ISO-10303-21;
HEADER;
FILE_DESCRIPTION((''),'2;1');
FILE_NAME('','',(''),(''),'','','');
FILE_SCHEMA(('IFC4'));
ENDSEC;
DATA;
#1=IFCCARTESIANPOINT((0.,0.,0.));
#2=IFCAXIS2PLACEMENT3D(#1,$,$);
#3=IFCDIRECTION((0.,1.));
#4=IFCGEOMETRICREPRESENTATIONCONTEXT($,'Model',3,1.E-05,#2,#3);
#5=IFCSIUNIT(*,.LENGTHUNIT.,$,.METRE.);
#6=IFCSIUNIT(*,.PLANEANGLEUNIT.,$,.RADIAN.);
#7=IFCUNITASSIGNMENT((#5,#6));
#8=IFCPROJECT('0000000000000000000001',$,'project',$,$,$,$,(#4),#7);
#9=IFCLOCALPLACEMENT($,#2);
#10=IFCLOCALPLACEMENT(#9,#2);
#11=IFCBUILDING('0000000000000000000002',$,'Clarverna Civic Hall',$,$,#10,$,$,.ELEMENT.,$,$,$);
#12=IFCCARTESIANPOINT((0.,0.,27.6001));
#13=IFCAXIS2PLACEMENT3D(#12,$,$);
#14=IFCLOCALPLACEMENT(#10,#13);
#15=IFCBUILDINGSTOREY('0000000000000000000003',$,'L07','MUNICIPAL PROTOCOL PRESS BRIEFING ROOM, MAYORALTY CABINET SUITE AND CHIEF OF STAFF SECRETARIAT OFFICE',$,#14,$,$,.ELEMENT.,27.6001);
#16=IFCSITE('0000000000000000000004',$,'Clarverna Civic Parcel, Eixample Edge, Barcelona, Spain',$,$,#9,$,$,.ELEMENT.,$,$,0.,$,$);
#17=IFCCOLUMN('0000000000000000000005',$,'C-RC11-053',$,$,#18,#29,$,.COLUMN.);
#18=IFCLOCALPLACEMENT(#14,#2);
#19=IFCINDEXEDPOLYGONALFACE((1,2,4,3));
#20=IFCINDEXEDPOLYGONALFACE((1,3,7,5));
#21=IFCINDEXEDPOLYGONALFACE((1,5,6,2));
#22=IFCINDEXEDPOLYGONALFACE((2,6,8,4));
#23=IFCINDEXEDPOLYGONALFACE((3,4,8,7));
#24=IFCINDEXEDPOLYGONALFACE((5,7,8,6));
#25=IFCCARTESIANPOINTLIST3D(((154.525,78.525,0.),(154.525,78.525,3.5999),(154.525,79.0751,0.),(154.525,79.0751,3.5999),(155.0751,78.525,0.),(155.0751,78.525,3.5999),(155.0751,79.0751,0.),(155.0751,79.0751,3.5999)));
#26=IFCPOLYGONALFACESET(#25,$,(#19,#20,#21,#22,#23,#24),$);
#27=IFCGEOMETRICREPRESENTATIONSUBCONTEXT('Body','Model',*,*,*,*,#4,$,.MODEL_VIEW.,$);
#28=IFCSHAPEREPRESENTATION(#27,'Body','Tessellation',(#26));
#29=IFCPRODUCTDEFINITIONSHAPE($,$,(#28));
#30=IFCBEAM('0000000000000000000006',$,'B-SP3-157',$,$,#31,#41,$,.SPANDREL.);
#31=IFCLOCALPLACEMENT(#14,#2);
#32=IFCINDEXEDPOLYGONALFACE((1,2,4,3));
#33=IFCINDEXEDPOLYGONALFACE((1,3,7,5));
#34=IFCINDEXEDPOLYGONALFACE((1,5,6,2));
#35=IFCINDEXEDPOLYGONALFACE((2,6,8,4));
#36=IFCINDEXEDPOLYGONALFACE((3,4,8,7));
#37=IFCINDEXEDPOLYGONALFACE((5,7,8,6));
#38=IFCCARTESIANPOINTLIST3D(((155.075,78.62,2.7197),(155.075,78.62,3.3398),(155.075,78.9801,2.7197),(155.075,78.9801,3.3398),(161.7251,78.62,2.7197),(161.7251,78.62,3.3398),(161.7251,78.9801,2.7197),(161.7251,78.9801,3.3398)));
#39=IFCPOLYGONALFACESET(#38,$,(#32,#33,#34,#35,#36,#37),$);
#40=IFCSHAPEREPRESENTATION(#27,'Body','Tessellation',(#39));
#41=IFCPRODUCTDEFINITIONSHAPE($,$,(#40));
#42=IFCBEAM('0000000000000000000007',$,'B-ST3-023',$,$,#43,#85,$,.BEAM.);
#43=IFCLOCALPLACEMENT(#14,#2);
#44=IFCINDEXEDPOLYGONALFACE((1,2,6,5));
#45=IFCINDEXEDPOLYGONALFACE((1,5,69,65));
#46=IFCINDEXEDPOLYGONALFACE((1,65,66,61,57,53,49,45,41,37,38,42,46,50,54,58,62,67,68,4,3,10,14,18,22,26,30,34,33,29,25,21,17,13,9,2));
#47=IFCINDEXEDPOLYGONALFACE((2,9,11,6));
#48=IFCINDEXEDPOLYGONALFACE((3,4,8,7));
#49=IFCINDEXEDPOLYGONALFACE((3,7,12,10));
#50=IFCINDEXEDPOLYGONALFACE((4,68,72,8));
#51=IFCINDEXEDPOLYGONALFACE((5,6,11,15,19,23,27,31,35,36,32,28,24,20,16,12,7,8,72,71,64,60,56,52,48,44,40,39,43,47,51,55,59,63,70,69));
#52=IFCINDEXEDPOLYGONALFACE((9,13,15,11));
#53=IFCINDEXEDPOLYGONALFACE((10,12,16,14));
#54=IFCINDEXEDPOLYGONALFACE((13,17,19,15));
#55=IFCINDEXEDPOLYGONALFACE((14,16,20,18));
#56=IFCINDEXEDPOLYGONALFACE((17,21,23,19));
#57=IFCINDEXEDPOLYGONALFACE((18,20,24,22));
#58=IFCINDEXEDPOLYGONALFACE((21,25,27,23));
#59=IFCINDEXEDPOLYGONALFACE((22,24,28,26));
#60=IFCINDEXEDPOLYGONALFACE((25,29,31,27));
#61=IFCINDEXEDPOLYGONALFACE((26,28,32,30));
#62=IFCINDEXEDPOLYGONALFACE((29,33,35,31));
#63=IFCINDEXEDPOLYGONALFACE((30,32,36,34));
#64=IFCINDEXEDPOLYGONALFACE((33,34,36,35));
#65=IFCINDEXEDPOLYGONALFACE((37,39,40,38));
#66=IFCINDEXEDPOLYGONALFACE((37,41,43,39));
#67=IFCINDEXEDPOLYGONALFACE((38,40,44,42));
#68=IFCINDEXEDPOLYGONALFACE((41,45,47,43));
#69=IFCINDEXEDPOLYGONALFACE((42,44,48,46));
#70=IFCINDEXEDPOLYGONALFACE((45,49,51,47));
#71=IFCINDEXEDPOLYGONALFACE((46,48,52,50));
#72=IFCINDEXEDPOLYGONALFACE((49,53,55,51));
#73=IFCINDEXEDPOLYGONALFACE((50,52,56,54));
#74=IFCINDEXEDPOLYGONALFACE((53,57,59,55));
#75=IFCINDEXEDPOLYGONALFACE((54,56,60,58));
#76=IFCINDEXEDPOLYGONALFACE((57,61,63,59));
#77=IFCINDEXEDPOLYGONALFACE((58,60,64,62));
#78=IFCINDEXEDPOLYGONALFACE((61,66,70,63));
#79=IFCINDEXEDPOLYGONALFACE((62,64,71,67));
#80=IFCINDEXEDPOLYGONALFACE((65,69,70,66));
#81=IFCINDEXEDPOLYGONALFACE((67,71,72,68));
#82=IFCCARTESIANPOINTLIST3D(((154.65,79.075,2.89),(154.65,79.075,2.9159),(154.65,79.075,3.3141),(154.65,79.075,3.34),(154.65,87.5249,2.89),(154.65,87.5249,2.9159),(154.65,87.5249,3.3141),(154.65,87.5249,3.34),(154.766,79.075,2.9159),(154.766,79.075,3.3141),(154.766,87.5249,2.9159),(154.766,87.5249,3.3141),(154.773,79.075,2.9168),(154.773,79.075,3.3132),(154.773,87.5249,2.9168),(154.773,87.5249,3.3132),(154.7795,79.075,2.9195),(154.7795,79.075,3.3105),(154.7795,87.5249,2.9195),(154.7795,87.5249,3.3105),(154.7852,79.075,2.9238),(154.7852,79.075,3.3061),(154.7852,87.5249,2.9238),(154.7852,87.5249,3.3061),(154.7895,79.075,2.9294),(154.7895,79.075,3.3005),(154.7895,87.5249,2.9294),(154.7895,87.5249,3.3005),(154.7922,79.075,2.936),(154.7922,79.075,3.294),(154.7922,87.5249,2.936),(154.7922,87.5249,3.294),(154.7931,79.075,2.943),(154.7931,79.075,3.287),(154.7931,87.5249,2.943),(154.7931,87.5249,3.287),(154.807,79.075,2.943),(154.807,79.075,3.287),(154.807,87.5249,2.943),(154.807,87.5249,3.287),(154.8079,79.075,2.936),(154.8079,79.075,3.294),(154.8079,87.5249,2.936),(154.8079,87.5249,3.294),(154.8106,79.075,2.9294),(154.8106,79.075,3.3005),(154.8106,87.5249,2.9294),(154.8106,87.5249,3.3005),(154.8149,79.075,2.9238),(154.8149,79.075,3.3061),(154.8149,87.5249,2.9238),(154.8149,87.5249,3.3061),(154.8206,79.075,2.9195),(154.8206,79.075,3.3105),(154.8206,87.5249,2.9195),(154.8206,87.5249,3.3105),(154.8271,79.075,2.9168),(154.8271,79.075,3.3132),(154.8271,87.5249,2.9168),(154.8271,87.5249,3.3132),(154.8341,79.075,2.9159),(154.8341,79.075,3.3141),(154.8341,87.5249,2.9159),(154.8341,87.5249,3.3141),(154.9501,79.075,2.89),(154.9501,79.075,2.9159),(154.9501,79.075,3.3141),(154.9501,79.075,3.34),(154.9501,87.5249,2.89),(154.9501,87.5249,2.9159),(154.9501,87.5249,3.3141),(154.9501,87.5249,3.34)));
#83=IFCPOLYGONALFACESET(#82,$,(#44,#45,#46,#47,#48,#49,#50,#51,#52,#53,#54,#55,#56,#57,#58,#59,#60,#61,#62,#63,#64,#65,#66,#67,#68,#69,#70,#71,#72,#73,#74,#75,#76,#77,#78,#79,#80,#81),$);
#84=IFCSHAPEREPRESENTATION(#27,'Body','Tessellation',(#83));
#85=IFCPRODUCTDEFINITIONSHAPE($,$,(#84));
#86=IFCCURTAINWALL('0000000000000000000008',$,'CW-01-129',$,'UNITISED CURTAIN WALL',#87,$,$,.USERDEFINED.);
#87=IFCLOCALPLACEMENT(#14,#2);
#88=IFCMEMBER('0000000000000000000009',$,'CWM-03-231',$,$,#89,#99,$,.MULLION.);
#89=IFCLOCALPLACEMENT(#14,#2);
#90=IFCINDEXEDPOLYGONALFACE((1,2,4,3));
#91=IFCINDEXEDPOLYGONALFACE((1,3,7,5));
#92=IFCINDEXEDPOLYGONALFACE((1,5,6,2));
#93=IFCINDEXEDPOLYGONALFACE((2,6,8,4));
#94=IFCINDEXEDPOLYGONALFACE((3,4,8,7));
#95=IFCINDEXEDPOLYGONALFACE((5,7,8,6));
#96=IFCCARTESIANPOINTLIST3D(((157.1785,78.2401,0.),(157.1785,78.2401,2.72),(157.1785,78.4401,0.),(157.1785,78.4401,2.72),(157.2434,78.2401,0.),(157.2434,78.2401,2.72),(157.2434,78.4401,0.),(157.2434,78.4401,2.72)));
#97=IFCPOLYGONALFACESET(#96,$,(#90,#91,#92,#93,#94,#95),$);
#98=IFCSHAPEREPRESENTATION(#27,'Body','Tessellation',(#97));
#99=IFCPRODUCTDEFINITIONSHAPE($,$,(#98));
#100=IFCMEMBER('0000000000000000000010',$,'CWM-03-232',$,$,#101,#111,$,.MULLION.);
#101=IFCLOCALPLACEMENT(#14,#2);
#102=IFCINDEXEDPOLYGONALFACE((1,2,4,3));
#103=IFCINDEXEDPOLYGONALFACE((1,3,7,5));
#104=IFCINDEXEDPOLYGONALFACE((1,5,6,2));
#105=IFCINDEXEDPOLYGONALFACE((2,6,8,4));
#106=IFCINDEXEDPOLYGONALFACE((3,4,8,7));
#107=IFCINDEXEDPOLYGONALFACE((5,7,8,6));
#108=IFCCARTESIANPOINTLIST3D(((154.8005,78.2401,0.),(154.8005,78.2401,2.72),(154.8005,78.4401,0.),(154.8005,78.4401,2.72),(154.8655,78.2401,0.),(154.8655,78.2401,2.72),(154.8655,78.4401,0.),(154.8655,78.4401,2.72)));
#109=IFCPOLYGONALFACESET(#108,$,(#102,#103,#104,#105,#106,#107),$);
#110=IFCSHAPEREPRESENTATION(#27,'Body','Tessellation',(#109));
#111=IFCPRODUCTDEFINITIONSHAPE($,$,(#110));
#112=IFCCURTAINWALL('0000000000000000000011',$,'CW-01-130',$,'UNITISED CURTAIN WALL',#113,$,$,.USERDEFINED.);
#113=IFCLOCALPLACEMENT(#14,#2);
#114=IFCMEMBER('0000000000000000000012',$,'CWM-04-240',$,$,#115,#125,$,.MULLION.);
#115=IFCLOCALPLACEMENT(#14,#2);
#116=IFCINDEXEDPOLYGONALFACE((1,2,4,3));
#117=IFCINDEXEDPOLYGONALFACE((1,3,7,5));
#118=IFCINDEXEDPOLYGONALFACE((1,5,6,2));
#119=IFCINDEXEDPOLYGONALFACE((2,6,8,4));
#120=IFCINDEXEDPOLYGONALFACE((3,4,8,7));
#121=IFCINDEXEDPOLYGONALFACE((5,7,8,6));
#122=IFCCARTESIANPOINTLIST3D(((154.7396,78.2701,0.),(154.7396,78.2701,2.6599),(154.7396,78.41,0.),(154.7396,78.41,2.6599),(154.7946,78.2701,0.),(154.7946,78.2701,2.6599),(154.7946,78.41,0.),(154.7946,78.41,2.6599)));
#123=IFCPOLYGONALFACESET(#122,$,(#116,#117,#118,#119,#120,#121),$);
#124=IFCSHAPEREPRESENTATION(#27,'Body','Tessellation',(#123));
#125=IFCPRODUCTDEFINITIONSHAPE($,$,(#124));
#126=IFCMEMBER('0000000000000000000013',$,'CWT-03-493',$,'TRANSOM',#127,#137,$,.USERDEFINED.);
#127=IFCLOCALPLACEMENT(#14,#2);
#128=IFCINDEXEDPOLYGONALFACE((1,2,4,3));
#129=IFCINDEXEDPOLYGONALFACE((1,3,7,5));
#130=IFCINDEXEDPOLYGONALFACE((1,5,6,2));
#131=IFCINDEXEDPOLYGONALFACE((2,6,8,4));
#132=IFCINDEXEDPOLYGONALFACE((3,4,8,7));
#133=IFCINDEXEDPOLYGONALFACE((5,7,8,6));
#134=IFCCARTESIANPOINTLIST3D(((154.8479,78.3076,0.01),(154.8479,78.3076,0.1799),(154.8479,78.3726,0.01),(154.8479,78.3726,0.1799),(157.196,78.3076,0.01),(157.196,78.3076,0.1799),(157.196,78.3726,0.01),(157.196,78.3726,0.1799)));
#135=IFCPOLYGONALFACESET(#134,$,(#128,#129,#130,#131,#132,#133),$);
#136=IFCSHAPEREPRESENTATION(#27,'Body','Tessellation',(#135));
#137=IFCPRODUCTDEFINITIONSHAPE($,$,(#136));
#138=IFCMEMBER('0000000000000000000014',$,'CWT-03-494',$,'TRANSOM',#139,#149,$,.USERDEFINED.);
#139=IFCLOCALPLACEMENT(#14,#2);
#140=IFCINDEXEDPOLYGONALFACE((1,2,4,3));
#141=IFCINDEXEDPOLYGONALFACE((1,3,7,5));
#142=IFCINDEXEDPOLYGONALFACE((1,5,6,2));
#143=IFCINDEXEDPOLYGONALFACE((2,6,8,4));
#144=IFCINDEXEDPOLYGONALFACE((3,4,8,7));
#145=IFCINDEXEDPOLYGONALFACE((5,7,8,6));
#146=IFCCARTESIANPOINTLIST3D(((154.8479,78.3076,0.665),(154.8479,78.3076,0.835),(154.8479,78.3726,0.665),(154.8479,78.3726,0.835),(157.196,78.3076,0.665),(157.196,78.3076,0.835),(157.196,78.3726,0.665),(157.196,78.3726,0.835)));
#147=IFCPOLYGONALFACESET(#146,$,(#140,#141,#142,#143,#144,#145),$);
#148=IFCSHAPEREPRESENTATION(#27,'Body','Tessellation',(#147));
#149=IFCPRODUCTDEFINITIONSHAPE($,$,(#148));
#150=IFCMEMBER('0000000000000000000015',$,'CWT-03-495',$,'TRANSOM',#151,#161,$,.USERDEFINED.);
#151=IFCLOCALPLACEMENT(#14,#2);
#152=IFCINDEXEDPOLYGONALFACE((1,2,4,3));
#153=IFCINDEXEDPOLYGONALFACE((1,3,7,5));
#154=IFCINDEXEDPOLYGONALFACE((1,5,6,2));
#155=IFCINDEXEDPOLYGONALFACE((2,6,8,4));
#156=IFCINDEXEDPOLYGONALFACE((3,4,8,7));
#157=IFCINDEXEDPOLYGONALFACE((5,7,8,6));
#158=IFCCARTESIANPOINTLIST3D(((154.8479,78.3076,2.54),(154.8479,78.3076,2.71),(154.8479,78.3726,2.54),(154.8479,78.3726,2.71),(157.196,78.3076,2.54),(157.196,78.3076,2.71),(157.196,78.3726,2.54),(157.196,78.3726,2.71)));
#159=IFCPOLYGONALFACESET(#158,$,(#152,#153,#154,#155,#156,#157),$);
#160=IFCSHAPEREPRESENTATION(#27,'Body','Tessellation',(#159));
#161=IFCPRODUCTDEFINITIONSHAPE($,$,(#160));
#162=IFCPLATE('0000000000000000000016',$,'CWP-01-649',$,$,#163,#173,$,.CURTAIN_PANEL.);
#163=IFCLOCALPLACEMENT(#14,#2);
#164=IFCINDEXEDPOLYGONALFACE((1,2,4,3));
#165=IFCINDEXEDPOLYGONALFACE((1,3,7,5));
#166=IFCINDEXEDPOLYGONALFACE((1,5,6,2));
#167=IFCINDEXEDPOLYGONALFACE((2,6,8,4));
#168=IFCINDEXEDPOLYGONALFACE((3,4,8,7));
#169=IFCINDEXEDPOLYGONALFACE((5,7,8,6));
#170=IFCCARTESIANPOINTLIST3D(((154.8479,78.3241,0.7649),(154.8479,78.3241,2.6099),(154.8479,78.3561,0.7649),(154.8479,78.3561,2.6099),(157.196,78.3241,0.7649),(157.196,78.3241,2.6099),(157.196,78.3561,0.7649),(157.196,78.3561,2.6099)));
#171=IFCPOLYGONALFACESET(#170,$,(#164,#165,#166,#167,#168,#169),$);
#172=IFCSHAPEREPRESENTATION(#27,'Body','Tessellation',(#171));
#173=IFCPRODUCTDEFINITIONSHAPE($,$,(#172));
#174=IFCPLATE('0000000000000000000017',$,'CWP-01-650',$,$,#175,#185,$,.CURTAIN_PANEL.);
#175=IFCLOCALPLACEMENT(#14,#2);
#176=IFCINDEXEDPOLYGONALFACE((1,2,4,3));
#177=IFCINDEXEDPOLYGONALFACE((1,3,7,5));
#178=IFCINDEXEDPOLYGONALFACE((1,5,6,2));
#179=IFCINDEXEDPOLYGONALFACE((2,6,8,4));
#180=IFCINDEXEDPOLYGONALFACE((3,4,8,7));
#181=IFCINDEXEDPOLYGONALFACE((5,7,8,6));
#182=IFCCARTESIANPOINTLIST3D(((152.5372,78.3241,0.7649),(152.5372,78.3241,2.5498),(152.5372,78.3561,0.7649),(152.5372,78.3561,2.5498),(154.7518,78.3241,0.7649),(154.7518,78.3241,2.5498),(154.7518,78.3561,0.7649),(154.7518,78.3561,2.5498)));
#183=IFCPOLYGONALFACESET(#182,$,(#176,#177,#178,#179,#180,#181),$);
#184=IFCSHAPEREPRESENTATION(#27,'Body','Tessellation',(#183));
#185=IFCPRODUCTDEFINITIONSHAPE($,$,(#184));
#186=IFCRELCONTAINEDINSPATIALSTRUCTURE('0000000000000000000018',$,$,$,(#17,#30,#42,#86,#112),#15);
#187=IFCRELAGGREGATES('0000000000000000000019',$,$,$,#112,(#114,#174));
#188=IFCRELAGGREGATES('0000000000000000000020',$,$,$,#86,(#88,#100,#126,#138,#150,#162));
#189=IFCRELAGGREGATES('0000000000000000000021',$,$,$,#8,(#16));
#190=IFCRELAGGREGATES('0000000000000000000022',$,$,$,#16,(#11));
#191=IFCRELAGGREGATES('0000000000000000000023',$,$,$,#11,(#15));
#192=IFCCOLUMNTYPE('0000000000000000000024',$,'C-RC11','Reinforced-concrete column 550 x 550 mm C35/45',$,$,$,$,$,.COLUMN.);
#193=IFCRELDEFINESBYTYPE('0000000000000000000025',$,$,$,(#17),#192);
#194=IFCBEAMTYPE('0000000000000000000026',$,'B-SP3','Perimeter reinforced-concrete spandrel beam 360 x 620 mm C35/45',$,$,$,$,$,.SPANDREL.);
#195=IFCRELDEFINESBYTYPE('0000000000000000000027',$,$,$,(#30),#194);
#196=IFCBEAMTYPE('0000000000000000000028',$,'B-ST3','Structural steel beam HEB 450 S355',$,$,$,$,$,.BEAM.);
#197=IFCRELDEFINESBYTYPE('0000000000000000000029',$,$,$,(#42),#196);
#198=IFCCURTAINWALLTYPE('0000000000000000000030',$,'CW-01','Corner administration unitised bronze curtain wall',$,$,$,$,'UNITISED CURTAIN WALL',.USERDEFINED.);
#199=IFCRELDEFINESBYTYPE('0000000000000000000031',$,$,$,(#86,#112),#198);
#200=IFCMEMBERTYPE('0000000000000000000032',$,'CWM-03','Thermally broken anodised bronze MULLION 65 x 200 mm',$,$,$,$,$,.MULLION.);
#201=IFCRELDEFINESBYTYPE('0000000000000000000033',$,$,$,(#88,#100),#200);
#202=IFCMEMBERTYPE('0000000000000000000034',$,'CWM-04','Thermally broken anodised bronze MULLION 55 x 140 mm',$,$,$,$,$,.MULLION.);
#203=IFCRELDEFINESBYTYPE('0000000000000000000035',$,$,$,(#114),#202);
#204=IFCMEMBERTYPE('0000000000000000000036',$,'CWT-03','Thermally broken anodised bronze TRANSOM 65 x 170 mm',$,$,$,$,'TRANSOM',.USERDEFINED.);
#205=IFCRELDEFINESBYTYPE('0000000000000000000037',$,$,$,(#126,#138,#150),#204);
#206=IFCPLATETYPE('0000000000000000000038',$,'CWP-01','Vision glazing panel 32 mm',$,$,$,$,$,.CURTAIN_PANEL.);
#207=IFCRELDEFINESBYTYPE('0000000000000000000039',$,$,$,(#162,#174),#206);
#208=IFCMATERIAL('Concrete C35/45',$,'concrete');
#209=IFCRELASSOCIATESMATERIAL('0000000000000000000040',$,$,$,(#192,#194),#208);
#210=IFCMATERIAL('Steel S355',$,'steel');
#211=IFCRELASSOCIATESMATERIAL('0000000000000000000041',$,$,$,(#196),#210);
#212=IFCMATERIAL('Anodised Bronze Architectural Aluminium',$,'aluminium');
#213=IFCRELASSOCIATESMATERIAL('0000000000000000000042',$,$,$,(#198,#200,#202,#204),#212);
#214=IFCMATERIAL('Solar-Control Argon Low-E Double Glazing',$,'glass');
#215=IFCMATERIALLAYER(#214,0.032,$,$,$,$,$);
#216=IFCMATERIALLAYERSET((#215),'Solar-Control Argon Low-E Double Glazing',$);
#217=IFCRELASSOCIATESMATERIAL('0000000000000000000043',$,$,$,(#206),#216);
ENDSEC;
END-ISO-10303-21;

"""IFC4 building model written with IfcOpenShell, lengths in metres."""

from ifc_helpers import new_model, si_unit, direction, frame, frame_2d, origin, origin_2d, place, context, subcontext, project, spatial, rectangle, i_section, extrude, material, layer, layer_set, material_profile, profile_set, type_object, element, aggregate, save


model = new_model("IFC4")

# Units and contexts
model_context = context("Model", 3, precision=1e-05, world=origin(), true_north=direction((0.0, 1.0)))
body_context = subcontext(model_context, "Body", "Model", "MODEL_VIEW")
ifc_project = project(units=[si_unit("LENGTHUNIT", "METRE"), si_unit("PLANEANGLEUNIT", "RADIAN")], contexts=[model_context])

# Site, building, storey
site_placement = place(None, origin())
site = spatial("IfcSite", under=ifc_project, at=site_placement, Name="Clarverna Civic Parcel, Eixample Edge, Barcelona, Spain", CompositionType="ELEMENT", RefElevation=0.0)
building_placement = place(site_placement, origin())
building = spatial("IfcBuilding", under=site, at=building_placement, Name="Clarverna Civic Hall", CompositionType="ELEMENT")
storey_placement = place(building_placement, frame((0.0, 0.0, 27.6001)))
storey = spatial("IfcBuildingStorey", under=building, at=storey_placement, Name="L07", Description="MUNICIPAL PROTOCOL PRESS BRIEFING ROOM, MAYORALTY CABINET SUITE AND CHIEF OF STAFF SECRETARIAT OFFICE", CompositionType="ELEMENT", Elevation=27.6001)

# Column
ifc_material_1 = material(Name="Concrete C35/45", Category="concrete")
ifc_material_profile_1 = material_profile(ifc_material_1, rectangle(XDim=0.55, YDim=0.55, at=origin_2d()), Name="RC 550x550")
ifc_profile_set_1 = profile_set([ifc_material_profile_1], Name="Concrete C35/45")
column_type = type_object("IfcColumnType", Name="C-RC11", Description="Reinforced-concrete column 550 x 550 mm C35/45", PredefinedType="COLUMN", material=ifc_profile_set_1)
column_placement = place(storey_placement, frame((154.8, 78.8, 0.0), z_axis=(0.0, 0.0, 1.0), x_axis=(1.0, 0.0, 0.0)))
element("IfcColumn", 1, at=column_placement, inside=storey, type_object=column_type, Name="C-RC11-053", PredefinedType="COLUMN", context=body_context, shape_type="SweptSolid", body=[
    extrude(rectangle(XDim=0.55, YDim=0.55, at=origin_2d()), origin(), (0.0, 0.0, 1.0), 3.5999),
])

# Beams
ifc_material_profile_2 = material_profile(ifc_material_1, rectangle(XDim=0.3601, YDim=0.6201, at=origin_2d()), Name="RC 360x620")
ifc_profile_set_2 = profile_set([ifc_material_profile_2], Name="Concrete C35/45")
beam_type_1 = type_object("IfcBeamType", Name="B-SP3", Description="Perimeter reinforced-concrete spandrel beam 360 x 620 mm C35/45", PredefinedType="SPANDREL", material=ifc_profile_set_2)
beam_1_placement = place(storey_placement, frame((155.075, 78.8, 3.0298), z_axis=(1.0, 0.0, 0.0), x_axis=(0.0, 1.0, 0.0)))
element("IfcBeam", 2, at=beam_1_placement, inside=storey, type_object=beam_type_1, Name="B-SP3-157", PredefinedType="SPANDREL", context=body_context, shape_type="SweptSolid", body=[
    extrude(rectangle(XDim=0.3601, YDim=0.6201, at=origin_2d()), origin(), (0.0, 0.0, 1.0), 6.6501),
])
ifc_material_2 = material(Name="Steel S355", Category="steel")
ifc_material_profile_3 = material_profile(ifc_material_2, i_section(OverallWidth=0.3, OverallDepth=0.45, WebThickness=0.0139, FlangeThickness=0.0259, FilletRadius=0.0271, at=origin_2d()), Name="HEB 450")
ifc_profile_set_3 = profile_set([ifc_material_profile_3], Name="Steel S355")
beam_type_2 = type_object("IfcBeamType", Name="B-ST3", Description="Structural steel beam HEB 450 S355", PredefinedType="BEAM", material=ifc_profile_set_3)
beam_2_placement = place(storey_placement, frame((154.8, 79.075, 3.115), z_axis=(0.0, 1.0, 0.0), x_axis=(-1.0, 0.0, 0.0)))
element("IfcBeam", 3, at=beam_2_placement, inside=storey, type_object=beam_type_2, Name="B-ST3-023", PredefinedType="BEAM", context=body_context, shape_type="SweptSolid", body=[
    extrude(i_section(OverallWidth=0.3, OverallDepth=0.45, WebThickness=0.0139, FlangeThickness=0.0259, FilletRadius=0.0271, at=origin_2d()), origin(), (0.0, 0.0, 1.0), 8.45),
])

# Curtain wall, members
ifc_material_3 = material(Name="Anodised Bronze Architectural Aluminium", Category="aluminium")
curtain_wall_type = type_object("IfcCurtainWallType", Name="CW-01", Description="Corner administration unitised bronze curtain wall", ElementType="UNITISED CURTAIN WALL", PredefinedType="USERDEFINED", material=ifc_material_3)
curtain_wall_1_placement = place(storey_placement, origin())
curtain_wall_1 = element("IfcCurtainWall", 4, at=curtain_wall_1_placement, inside=storey, type_object=curtain_wall_type, Name="CW-01-129", ObjectType="UNITISED CURTAIN WALL", PredefinedType="USERDEFINED")
ifc_material_profile_4 = material_profile(ifc_material_3, rectangle(XDim=0.0649, YDim=0.2, at=origin_2d()), Name="BRONZE 65x200")
ifc_profile_set_4 = profile_set([ifc_material_profile_4], Name="Anodised Bronze Architectural Aluminium")
member_type_1 = type_object("IfcMemberType", Name="CWM-03", Description="Thermally broken anodised bronze MULLION 65 x 200 mm", PredefinedType="MULLION", material=ifc_profile_set_4)
member_1_placement = place(storey_placement, frame((157.2109, 78.3401, 0.0), z_axis=(0.0, 0.0, 1.0), x_axis=(1.0, 0.0, 0.0)))
member_1 = element("IfcMember", 5, at=member_1_placement, type_object=member_type_1, Name="CWM-03-231", PredefinedType="MULLION", context=body_context, shape_type="SweptSolid", body=[
    extrude(rectangle(XDim=0.0649, YDim=0.2, at=origin_2d()), origin(), (0.0, 0.0, 1.0), 2.72),
])
member_2_placement = place(storey_placement, frame((154.833, 78.3401, 0.0), z_axis=(0.0, 0.0, 1.0), x_axis=(1.0, 0.0, 0.0)))
member_2 = element("IfcMember", 6, at=member_2_placement, type_object=member_type_1, Name="CWM-03-232", PredefinedType="MULLION", context=body_context, shape_type="SweptSolid", body=[
    extrude(rectangle(XDim=0.0649, YDim=0.2, at=origin_2d()), origin(), (0.0, 0.0, 1.0), 2.72),
])

# Curtain wall, member
curtain_wall_2_placement = place(storey_placement, origin())
curtain_wall_2 = element("IfcCurtainWall", 7, at=curtain_wall_2_placement, inside=storey, type_object=curtain_wall_type, Name="CW-01-130", ObjectType="UNITISED CURTAIN WALL", PredefinedType="USERDEFINED")
ifc_material_profile_5 = material_profile(ifc_material_3, rectangle(XDim=0.0549, YDim=0.1399, at=origin_2d()), Name="BRONZE 55x140")
ifc_profile_set_5 = profile_set([ifc_material_profile_5], Name="Anodised Bronze Architectural Aluminium")
member_type_2 = type_object("IfcMemberType", Name="CWM-04", Description="Thermally broken anodised bronze MULLION 55 x 140 mm", PredefinedType="MULLION", material=ifc_profile_set_5)
member_3_placement = place(storey_placement, frame((154.7671, 78.3401, 0.0), z_axis=(0.0, 0.0, 1.0), x_axis=(1.0, 0.0, 0.0)))
member_3 = element("IfcMember", 8, at=member_3_placement, type_object=member_type_2, Name="CWM-04-240", PredefinedType="MULLION", context=body_context, shape_type="SweptSolid", body=[
    extrude(rectangle(XDim=0.0549, YDim=0.1399, at=origin_2d()), origin(), (0.0, 0.0, 1.0), 2.6599),
])

# Members
ifc_material_profile_6 = material_profile(ifc_material_3, rectangle(XDim=0.0649, YDim=0.1699, at=origin_2d()), Name="BRONZE 65x170")
ifc_profile_set_6 = profile_set([ifc_material_profile_6], Name="Anodised Bronze Architectural Aluminium")
member_type_3 = type_object("IfcMemberType", Name="CWT-03", Description="Thermally broken anodised bronze TRANSOM 65 x 170 mm", ElementType="TRANSOM", PredefinedType="USERDEFINED", material=ifc_profile_set_6)
member_4_placement = place(storey_placement, frame((157.196, 78.3401, 0.095), z_axis=(-1.0, 0.0, 0.0), x_axis=(0.0, -1.0, 0.0)))
member_4 = element("IfcMember", 9, at=member_4_placement, type_object=member_type_3, Name="CWT-03-493", ObjectType="TRANSOM", PredefinedType="USERDEFINED", context=body_context, shape_type="SweptSolid", body=[
    extrude(rectangle(XDim=0.0649, YDim=0.1699, at=origin_2d()), origin(), (0.0, 0.0, 1.0), 2.3481),
])
member_5_placement = place(storey_placement, frame((157.196, 78.3401, 0.75), z_axis=(-1.0, 0.0, 0.0), x_axis=(0.0, -1.0, 0.0)))
member_5 = element("IfcMember", 10, at=member_5_placement, type_object=member_type_3, Name="CWT-03-494", ObjectType="TRANSOM", PredefinedType="USERDEFINED", context=body_context, shape_type="SweptSolid", body=[
    extrude(rectangle(XDim=0.0649, YDim=0.1699, at=origin_2d()), origin(), (0.0, 0.0, 1.0), 2.3481),
])
member_6_placement = place(storey_placement, frame((157.196, 78.3401, 2.625), z_axis=(-1.0, 0.0, 0.0), x_axis=(0.0, -1.0, 0.0)))
member_6 = element("IfcMember", 11, at=member_6_placement, type_object=member_type_3, Name="CWT-03-495", ObjectType="TRANSOM", PredefinedType="USERDEFINED", context=body_context, shape_type="SweptSolid", body=[
    extrude(rectangle(XDim=0.0649, YDim=0.1699, at=origin_2d()), origin(), (0.0, 0.0, 1.0), 2.3481),
])

# Plates
ifc_material_4 = material(Name="Solar-Control Argon Low-E Double Glazing", Category="glass")
ifc_layer_1 = layer(ifc_material_4, 0.032)
ifc_layer_set_1 = layer_set([ifc_layer_1], Name="Solar-Control Argon Low-E Double Glazing")
plate_type_1 = type_object("IfcPlateType", Name="CWP-01", Description="Vision glazing panel 32 mm", PredefinedType="CURTAIN_PANEL", material=ifc_layer_set_1)
plate_1_placement = place(storey_placement, frame((157.196, 78.3401, 0.7649), z_axis=(0.0, 0.0, 1.0), x_axis=(-1.0, 0.0, 0.0)))
plate_1 = element("IfcPlate", 12, at=plate_1_placement, type_object=plate_type_1, Name="CWP-01-649", PredefinedType="CURTAIN_PANEL", context=body_context, shape_type="SweptSolid", body=[
    extrude(rectangle(XDim=2.3481, YDim=0.032, at=frame_2d((1.1741, 0.0))), origin(), (0.0, 0.0, 1.0), 1.845),
])
plate_2_placement = place(storey_placement, frame((154.752, 78.3401, 0.7649), z_axis=(0.0, 0.0, 1.0), x_axis=(-1.0, 0.0, 0.0)))
plate_2 = element("IfcPlate", 13, at=plate_2_placement, type_object=plate_type_1, Name="CWP-01-650", PredefinedType="CURTAIN_PANEL", context=body_context, shape_type="SweptSolid", body=[
    extrude(rectangle(XDim=2.2146, YDim=0.032, at=frame_2d((1.1074, 0.0))), origin(), (0.0, 0.0, 1.0), 1.7849),
])
aggregate(curtain_wall_2, [member_3, plate_2])
aggregate(curtain_wall_1, [member_1, member_2, member_4, member_5, member_6, plate_1])

save(model, "model.ifc")
